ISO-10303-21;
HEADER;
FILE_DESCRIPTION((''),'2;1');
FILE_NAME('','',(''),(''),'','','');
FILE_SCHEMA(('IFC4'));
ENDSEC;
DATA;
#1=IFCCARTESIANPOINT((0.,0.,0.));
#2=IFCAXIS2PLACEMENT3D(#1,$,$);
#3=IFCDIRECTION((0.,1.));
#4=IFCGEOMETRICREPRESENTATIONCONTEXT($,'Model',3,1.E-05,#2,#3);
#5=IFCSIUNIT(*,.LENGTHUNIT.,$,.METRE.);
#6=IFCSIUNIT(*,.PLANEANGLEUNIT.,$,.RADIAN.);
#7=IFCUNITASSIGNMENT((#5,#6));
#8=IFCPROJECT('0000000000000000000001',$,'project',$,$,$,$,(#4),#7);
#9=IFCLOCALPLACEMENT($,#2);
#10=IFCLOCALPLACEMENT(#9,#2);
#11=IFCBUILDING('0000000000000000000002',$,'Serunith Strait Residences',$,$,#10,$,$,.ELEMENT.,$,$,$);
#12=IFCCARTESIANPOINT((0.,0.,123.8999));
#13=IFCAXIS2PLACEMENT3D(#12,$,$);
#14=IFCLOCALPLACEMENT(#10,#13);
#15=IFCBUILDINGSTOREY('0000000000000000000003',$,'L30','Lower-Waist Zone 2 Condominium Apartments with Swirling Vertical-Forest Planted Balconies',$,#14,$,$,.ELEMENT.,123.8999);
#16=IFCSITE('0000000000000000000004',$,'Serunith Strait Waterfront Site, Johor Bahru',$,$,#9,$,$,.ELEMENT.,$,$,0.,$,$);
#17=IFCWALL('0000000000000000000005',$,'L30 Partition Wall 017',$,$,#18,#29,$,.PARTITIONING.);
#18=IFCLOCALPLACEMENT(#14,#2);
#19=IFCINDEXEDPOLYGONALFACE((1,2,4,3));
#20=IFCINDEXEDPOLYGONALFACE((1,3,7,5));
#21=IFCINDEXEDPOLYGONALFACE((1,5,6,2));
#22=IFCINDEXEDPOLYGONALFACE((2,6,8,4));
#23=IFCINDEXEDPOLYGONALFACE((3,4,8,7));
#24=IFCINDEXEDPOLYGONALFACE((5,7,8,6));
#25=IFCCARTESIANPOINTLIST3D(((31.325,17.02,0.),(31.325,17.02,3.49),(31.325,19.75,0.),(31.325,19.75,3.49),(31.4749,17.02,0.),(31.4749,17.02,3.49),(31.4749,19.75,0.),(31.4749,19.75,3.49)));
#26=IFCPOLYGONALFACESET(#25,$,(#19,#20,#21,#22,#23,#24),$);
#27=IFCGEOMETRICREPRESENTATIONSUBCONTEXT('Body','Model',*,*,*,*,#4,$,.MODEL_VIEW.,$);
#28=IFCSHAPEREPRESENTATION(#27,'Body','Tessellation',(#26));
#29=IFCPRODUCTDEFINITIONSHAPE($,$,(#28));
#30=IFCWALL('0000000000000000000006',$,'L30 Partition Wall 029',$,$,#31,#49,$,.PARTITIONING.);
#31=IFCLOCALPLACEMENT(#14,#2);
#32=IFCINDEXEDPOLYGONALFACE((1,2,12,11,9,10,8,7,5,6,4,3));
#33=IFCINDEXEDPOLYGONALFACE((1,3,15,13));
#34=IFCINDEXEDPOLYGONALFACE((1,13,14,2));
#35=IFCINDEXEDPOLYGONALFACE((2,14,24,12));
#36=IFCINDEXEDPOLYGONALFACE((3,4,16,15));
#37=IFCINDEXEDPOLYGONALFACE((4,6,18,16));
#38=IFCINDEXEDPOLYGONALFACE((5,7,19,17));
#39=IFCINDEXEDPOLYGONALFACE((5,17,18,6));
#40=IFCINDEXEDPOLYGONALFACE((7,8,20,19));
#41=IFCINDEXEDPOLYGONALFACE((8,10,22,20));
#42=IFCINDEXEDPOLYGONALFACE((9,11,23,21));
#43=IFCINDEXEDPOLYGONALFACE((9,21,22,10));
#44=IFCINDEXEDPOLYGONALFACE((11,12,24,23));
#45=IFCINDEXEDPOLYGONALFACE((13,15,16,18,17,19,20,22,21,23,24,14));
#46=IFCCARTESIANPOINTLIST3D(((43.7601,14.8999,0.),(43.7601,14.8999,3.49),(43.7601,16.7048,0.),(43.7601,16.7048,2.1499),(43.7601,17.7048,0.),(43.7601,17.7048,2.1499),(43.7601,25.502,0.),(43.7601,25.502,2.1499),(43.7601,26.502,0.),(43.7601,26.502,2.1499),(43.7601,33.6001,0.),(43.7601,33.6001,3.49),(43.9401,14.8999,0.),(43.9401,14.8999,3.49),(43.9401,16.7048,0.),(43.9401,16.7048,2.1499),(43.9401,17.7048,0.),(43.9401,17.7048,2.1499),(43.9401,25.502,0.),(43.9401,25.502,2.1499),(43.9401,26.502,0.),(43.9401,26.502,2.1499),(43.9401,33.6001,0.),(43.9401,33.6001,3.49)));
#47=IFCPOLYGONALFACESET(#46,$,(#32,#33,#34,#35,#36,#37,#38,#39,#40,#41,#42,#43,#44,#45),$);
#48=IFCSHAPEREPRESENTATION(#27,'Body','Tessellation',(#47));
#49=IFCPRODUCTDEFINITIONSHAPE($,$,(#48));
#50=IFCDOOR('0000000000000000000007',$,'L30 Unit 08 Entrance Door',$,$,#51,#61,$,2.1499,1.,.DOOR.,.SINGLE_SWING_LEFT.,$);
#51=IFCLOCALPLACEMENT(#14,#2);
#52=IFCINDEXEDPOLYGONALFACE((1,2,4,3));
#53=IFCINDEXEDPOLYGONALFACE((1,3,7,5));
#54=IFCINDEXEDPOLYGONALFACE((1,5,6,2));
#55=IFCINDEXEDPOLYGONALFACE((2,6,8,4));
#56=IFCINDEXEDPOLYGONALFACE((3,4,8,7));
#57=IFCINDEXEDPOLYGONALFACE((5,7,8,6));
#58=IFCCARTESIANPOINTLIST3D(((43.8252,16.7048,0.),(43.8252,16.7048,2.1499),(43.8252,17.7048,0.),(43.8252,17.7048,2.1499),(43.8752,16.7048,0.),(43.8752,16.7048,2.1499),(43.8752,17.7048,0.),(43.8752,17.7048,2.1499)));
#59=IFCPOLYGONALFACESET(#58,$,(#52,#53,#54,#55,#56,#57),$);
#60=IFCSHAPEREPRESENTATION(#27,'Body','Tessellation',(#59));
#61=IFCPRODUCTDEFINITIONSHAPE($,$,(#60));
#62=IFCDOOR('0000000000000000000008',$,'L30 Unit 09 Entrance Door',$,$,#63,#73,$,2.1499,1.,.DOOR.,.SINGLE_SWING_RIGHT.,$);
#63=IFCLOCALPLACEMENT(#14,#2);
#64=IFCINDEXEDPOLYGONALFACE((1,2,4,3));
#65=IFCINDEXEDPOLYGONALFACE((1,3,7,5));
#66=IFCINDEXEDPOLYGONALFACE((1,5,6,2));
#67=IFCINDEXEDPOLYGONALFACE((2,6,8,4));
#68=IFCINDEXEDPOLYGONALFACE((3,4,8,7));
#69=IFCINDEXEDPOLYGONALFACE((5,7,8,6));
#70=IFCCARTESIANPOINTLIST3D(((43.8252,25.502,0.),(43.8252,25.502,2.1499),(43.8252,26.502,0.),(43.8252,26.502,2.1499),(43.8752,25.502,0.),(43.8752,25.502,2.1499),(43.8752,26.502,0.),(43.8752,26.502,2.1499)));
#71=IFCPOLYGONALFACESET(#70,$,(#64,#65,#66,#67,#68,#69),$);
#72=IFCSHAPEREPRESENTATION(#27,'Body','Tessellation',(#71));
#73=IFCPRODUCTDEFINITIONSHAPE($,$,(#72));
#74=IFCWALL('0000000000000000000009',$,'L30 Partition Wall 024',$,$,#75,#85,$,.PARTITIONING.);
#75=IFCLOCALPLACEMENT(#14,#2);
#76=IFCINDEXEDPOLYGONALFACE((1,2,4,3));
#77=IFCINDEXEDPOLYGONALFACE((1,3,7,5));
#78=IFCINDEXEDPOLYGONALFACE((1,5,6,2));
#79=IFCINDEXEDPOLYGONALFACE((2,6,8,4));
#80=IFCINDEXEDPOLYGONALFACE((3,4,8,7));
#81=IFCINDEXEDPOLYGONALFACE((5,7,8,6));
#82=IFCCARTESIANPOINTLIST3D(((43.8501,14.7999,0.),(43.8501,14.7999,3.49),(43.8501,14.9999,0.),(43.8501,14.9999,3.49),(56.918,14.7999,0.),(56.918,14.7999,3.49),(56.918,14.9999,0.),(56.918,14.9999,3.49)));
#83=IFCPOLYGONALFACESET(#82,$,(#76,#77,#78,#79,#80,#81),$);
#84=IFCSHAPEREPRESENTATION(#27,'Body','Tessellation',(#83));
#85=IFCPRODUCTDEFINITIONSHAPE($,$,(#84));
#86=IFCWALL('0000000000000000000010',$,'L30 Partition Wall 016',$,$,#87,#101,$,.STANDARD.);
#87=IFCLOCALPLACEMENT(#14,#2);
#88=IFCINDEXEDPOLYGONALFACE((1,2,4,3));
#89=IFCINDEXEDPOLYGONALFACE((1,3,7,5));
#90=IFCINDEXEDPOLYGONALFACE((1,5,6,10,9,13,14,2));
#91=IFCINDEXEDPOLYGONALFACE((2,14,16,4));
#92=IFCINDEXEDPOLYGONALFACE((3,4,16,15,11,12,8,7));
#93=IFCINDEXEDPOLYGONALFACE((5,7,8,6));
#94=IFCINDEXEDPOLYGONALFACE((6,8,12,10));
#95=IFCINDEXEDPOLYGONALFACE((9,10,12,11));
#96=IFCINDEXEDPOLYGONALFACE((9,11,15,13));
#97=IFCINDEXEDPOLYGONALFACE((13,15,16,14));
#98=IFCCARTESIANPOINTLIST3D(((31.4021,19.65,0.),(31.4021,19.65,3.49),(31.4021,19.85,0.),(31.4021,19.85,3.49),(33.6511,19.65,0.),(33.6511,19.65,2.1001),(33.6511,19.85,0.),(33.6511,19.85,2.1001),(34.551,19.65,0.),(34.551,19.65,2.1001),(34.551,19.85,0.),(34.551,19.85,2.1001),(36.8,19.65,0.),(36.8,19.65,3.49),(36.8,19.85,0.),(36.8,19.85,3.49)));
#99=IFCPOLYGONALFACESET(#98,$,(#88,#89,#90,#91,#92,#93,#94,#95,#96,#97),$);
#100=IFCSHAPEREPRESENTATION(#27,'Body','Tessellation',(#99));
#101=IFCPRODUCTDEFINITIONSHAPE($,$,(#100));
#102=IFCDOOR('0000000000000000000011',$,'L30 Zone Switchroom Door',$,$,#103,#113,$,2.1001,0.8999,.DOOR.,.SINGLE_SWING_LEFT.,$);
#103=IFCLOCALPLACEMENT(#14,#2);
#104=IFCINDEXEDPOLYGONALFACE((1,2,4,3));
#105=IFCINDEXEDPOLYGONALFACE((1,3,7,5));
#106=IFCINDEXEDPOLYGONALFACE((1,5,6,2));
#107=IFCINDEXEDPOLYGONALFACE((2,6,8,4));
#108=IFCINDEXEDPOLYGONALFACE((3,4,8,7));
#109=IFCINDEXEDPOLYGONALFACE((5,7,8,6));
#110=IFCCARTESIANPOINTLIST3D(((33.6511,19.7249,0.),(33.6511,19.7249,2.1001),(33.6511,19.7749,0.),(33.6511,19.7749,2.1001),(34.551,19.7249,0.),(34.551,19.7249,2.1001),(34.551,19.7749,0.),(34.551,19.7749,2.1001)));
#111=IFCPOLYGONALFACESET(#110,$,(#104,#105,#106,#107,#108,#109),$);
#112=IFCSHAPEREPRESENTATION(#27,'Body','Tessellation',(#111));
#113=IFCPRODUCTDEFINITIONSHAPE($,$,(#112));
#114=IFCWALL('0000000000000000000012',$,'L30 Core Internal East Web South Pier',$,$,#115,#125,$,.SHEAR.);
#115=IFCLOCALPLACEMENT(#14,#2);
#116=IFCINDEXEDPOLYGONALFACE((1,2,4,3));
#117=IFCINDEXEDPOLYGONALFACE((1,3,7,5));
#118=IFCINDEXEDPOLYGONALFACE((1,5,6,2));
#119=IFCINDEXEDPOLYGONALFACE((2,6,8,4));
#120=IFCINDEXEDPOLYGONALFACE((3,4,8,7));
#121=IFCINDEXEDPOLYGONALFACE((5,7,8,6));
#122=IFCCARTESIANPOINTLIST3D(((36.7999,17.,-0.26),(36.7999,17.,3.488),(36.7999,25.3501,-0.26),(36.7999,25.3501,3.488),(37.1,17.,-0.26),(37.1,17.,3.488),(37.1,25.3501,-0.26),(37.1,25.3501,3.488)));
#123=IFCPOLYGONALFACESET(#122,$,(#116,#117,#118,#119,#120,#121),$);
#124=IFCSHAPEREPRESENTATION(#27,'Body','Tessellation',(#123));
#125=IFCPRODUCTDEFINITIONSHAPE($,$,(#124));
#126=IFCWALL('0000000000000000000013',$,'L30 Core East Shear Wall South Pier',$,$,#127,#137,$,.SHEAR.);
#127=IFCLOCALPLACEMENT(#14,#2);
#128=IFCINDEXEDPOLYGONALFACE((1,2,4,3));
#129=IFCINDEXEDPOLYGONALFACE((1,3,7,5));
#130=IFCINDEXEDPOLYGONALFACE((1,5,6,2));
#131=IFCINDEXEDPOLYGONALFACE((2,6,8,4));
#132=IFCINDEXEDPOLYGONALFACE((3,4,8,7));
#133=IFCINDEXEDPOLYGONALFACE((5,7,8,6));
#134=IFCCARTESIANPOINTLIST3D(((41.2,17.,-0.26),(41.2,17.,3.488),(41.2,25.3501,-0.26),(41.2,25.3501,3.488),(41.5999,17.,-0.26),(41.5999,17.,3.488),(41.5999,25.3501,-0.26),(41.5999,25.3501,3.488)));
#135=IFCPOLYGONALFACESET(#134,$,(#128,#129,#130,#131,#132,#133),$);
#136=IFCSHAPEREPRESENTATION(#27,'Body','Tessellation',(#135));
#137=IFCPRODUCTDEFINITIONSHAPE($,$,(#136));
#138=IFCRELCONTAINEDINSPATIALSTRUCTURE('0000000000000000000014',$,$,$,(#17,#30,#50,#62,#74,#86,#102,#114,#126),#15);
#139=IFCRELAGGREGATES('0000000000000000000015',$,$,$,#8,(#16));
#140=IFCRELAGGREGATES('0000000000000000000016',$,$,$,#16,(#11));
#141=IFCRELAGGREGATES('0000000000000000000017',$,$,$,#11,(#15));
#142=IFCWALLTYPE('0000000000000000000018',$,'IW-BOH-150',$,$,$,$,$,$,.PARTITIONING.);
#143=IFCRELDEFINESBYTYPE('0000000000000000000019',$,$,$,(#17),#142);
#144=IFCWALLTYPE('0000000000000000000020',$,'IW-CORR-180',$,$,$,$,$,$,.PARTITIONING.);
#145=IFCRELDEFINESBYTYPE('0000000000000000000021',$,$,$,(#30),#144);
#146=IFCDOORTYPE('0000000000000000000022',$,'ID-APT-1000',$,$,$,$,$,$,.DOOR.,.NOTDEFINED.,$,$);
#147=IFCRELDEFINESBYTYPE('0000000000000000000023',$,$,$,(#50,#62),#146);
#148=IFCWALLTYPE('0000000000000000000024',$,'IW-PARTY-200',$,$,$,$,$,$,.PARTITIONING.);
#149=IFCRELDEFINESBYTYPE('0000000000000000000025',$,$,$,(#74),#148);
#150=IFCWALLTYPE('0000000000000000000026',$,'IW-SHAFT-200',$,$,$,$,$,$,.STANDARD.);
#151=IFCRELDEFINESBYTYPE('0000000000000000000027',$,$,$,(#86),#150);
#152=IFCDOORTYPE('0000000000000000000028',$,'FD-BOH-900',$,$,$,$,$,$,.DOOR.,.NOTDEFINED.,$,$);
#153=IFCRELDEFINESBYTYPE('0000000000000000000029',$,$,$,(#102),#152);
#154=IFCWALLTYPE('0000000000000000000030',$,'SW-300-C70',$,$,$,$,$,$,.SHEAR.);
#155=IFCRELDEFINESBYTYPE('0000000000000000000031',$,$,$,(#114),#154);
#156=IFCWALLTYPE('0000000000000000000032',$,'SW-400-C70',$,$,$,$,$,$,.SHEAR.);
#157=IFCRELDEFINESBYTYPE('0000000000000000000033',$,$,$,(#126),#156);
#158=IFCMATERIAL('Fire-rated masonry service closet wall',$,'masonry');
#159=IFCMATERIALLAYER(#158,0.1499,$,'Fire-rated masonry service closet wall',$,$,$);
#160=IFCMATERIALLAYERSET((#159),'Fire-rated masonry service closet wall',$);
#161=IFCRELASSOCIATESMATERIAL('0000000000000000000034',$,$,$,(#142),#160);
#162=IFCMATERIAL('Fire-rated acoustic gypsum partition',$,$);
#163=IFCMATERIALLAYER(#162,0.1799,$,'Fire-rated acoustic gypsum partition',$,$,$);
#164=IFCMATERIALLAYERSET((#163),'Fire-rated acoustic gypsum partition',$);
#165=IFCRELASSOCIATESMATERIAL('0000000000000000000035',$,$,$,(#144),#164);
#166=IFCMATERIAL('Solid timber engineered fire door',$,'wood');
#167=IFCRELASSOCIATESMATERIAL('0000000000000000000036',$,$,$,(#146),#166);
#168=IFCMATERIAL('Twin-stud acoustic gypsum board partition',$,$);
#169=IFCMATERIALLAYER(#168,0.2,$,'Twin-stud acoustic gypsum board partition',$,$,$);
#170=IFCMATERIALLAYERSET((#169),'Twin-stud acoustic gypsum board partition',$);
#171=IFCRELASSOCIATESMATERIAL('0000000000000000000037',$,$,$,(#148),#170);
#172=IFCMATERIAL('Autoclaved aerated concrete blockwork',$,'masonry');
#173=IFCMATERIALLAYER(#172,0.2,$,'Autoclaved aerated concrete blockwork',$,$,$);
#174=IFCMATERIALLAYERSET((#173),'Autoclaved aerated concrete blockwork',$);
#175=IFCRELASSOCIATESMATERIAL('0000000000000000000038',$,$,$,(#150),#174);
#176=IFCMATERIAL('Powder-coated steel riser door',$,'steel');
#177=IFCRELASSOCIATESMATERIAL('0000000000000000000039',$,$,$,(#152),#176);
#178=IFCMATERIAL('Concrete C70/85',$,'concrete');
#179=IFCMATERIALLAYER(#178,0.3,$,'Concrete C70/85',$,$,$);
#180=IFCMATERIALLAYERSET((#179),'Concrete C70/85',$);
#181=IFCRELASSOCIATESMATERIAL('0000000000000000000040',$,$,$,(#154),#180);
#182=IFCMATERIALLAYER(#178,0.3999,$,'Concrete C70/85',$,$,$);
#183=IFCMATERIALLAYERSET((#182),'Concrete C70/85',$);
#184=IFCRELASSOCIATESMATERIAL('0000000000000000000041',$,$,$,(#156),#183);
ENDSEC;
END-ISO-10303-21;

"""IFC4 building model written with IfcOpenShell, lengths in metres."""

from ifc_helpers import new_model, si_unit, direction, frame, frame_2d, origin, place, context, subcontext, project, spatial, rectangle, extrude, source, transform, mapped, material, layer, layer_set, type_object, element, fill, save


model = new_model("IFC4")

# Units and contexts
model_context = context("Model", 3, precision=1e-05, world=origin(), true_north=direction((0.0, 1.0)))
body_context = subcontext(model_context, "Body", "Model", "MODEL_VIEW")
ifc_project = project(units=[si_unit("LENGTHUNIT", "METRE"), si_unit("PLANEANGLEUNIT", "RADIAN")], contexts=[model_context])

# Site, building, storey
site_placement = place(None, origin())
site = spatial("IfcSite", under=ifc_project, at=site_placement, Name="Serunith Strait Waterfront Site, Johor Bahru", CompositionType="ELEMENT", RefElevation=0.0)
building_placement = place(site_placement, origin())
building = spatial("IfcBuilding", under=site, at=building_placement, Name="Serunith Strait Residences", CompositionType="ELEMENT")
storey_placement = place(building_placement, frame((0.0, 0.0, 123.8999)))
storey = spatial("IfcBuildingStorey", under=building, at=storey_placement, Name="L30", Description="Lower-Waist Zone 2 Condominium Apartments with Swirling Vertical-Forest Planted Balconies", CompositionType="ELEMENT", Elevation=123.8999)

# Wall
ifc_material_1 = material(Name="Fire-rated masonry service closet wall", Category="masonry")
ifc_layer_1 = layer(ifc_material_1, 0.1499, Name="Fire-rated masonry service closet wall")
ifc_layer_set_1 = layer_set([ifc_layer_1], Name="Fire-rated masonry service closet wall")
wall_type_1 = type_object("IfcWallType", Name="IW-BOH-150", PredefinedType="PARTITIONING", material=ifc_layer_set_1)
wall_1_placement = place(storey_placement, frame((31.3999, 17.02, 0.0), z_axis=(0.0, 0.0, 1.0), x_axis=(0.0, 1.0, 0.0)))
element("IfcWall", 1, at=wall_1_placement, inside=storey, type_object=wall_type_1, Name="L30 Partition Wall 017", PredefinedType="PARTITIONING", context=body_context, shape_type="SweptSolid", body=[
    extrude(rectangle(XDim=2.73, YDim=0.1499, at=frame_2d((1.365, 0.0))), origin(), (0.0, 0.0, 1.0), 3.49),
])

# Wall, openings, doors
ifc_material_2 = material(Name="Fire-rated acoustic gypsum partition")
ifc_layer_2 = layer(ifc_material_2, 0.1799, Name="Fire-rated acoustic gypsum partition")
ifc_layer_set_2 = layer_set([ifc_layer_2], Name="Fire-rated acoustic gypsum partition")
wall_type_2 = type_object("IfcWallType", Name="IW-CORR-180", PredefinedType="PARTITIONING", material=ifc_layer_set_2)
wall_2_placement = place(storey_placement, frame((43.8501, 14.8999, 0.0), z_axis=(0.0, 0.0, 1.0), x_axis=(0.0, 1.0, 0.0)))
wall_2 = element("IfcWall", 2, at=wall_2_placement, inside=storey, type_object=wall_type_2, Name="L30 Partition Wall 029", PredefinedType="PARTITIONING", context=body_context, shape_type="SweptSolid", body=[
    extrude(rectangle(XDim=18.7002, YDim=0.1799, at=frame_2d((9.3501, 0.0))), origin(), (0.0, 0.0, 1.0), 3.49),
])
opening_1_placement = place(wall_2_placement, frame((1.8049, 0.0, 0.0)))
opening_1 = element("IfcOpeningElement", 3, at=opening_1_placement, cuts=wall_2, PredefinedType="OPENING", context=body_context, shape_type="SweptSolid", body=[
    extrude(rectangle(XDim=1.0, YDim=2.1499, at=frame_2d((0.5, 1.075))), frame((0.0, 0.1001, 0.0), z_axis=(0.0, -1.0, 0.0), x_axis=(1.0, 0.0, 0.0)), (0.0, 0.0, 1.0), 0.2),
])
opening_2_placement = place(wall_2_placement, frame((10.6021, 0.0, 0.0)))
opening_2 = element("IfcOpeningElement", 4, at=opening_2_placement, cuts=wall_2, PredefinedType="OPENING", context=body_context, shape_type="SweptSolid", body=[
    extrude(rectangle(XDim=1.0, YDim=2.1499, at=frame_2d((0.5, 1.075))), frame((0.0, 0.1001, 0.0), z_axis=(0.0, -1.0, 0.0), x_axis=(1.0, 0.0, 0.0)), (0.0, 0.0, 1.0), 0.2),
])
ifc_material_3 = material(Name="Solid timber engineered fire door", Category="wood")
door_type_1 = type_object("IfcDoorType", Name="ID-APT-1000", OperationType="NOTDEFINED", PredefinedType="DOOR", material=ifc_material_3)
shared_shape_1 = source(origin(), body_context, "Body", "SweptSolid", [
    extrude(rectangle(XDim=1.0, YDim=2.1499, at=frame_2d((0.5, 1.075))), frame((0.0, 0.0249, 0.0), z_axis=(0.0, -1.0, 0.0), x_axis=(1.0, 0.0, 0.0)), (0.0, 0.0, 1.0), 0.05),
])
door_1_placement = place(opening_1_placement, origin())
door_1 = element("IfcDoor", 5, at=door_1_placement, inside=storey, type_object=door_type_1, Name="L30 Unit 08 Entrance Door", OperationType="SINGLE_SWING_LEFT", OverallHeight=2.1499, OverallWidth=1.0, PredefinedType="DOOR", context=body_context, shape_type="MappedRepresentation", body=[
    mapped(shared_shape_1, transform((0.0, 0.0, 0.0), scale=1.0)),
])
fill(opening_1, door_1)
door_2_placement = place(opening_2_placement, origin())
door_2 = element("IfcDoor", 6, at=door_2_placement, inside=storey, type_object=door_type_1, Name="L30 Unit 09 Entrance Door", OperationType="SINGLE_SWING_RIGHT", OverallHeight=2.1499, OverallWidth=1.0, PredefinedType="DOOR", context=body_context, shape_type="MappedRepresentation", body=[
    mapped(shared_shape_1, transform((0.0, 0.0, 0.0), scale=1.0)),
])
fill(opening_2, door_2)

# Wall
ifc_material_4 = material(Name="Twin-stud acoustic gypsum board partition")
ifc_layer_3 = layer(ifc_material_4, 0.2, Name="Twin-stud acoustic gypsum board partition")
ifc_layer_set_3 = layer_set([ifc_layer_3], Name="Twin-stud acoustic gypsum board partition")
wall_type_3 = type_object("IfcWallType", Name="IW-PARTY-200", PredefinedType="PARTITIONING", material=ifc_layer_set_3)
wall_3_placement = place(storey_placement, frame((43.8501, 14.8999, 0.0), z_axis=(0.0, 0.0, 1.0), x_axis=(1.0, 0.0, 0.0)))
element("IfcWall", 7, at=wall_3_placement, inside=storey, type_object=wall_type_3, Name="L30 Partition Wall 024", PredefinedType="PARTITIONING", context=body_context, shape_type="SweptSolid", body=[
    extrude(rectangle(XDim=13.0679, YDim=0.2, at=frame_2d((6.5339, 0.0))), origin(), (0.0, 0.0, 1.0), 3.49),
])

# Wall, opening, door
ifc_material_5 = material(Name="Autoclaved aerated concrete blockwork", Category="masonry")
ifc_layer_4 = layer(ifc_material_5, 0.2, Name="Autoclaved aerated concrete blockwork")
ifc_layer_set_4 = layer_set([ifc_layer_4], Name="Autoclaved aerated concrete blockwork")
wall_type_4 = type_object("IfcWallType", Name="IW-SHAFT-200", PredefinedType="STANDARD", material=ifc_layer_set_4)
wall_4_placement = place(storey_placement, frame((31.4021, 19.75, 0.0), z_axis=(0.0, 0.0, 1.0), x_axis=(1.0, 0.0, 0.0)))
wall_4 = element("IfcWall", 8, at=wall_4_placement, inside=storey, type_object=wall_type_4, Name="L30 Partition Wall 016", PredefinedType="STANDARD", context=body_context, shape_type="SweptSolid", body=[
    extrude(rectangle(XDim=5.3979, YDim=0.2, at=frame_2d((2.699, 0.0))), origin(), (0.0, 0.0, 1.0), 3.49),
])
opening_3_placement = place(wall_4_placement, frame((2.249, 0.0, 0.0)))
opening_3 = element("IfcOpeningElement", 9, at=opening_3_placement, cuts=wall_4, PredefinedType="OPENING", context=body_context, shape_type="SweptSolid", body=[
    extrude(rectangle(XDim=0.8999, YDim=2.1001, at=frame_2d((0.45, 1.05))), frame((0.0, 0.1099, 0.0), z_axis=(0.0, -1.0, 0.0), x_axis=(1.0, 0.0, 0.0)), (0.0, 0.0, 1.0), 0.22),
])
ifc_material_6 = material(Name="Powder-coated steel riser door", Category="steel")
door_type_2 = type_object("IfcDoorType", Name="FD-BOH-900", OperationType="NOTDEFINED", PredefinedType="DOOR", material=ifc_material_6)
shared_shape_2 = source(origin(), body_context, "Body", "SweptSolid", [
    extrude(rectangle(XDim=0.8999, YDim=2.1001, at=frame_2d((0.45, 1.05))), frame((0.0, 0.0249, 0.0), z_axis=(0.0, -1.0, 0.0), x_axis=(1.0, 0.0, 0.0)), (0.0, 0.0, 1.0), 0.05),
])
door_3_placement = place(opening_3_placement, origin())
door_3 = element("IfcDoor", 10, at=door_3_placement, inside=storey, type_object=door_type_2, Name="L30 Zone Switchroom Door", OperationType="SINGLE_SWING_LEFT", OverallHeight=2.1001, OverallWidth=0.8999, PredefinedType="DOOR", context=body_context, shape_type="MappedRepresentation", body=[
    mapped(shared_shape_2, transform((0.0, 0.0, 0.0), scale=1.0)),
])
fill(opening_3, door_3)

# Walls
ifc_material_7 = material(Name="Concrete C70/85", Category="concrete")
ifc_layer_5 = layer(ifc_material_7, 0.3, Name="Concrete C70/85")
ifc_layer_set_5 = layer_set([ifc_layer_5], Name="Concrete C70/85")
wall_type_5 = type_object("IfcWallType", Name="SW-300-C70", PredefinedType="SHEAR", material=ifc_layer_set_5)
wall_5_placement = place(storey_placement, frame((36.95, 17.0, -0.26), z_axis=(0.0, 0.0, 1.0), x_axis=(0.0, 1.0, 0.0)))
element("IfcWall", 11, at=wall_5_placement, inside=storey, type_object=wall_type_5, Name="L30 Core Internal East Web South Pier", PredefinedType="SHEAR", context=body_context, shape_type="SweptSolid", body=[
    extrude(rectangle(XDim=8.3501, YDim=0.3, at=frame_2d((4.175, 0.0))), origin(), (0.0, 0.0, 1.0), 3.748),
])
ifc_layer_6 = layer(ifc_material_7, 0.3999, Name="Concrete C70/85")
ifc_layer_set_6 = layer_set([ifc_layer_6], Name="Concrete C70/85")
wall_type_6 = type_object("IfcWallType", Name="SW-400-C70", PredefinedType="SHEAR", material=ifc_layer_set_6)
wall_6_placement = place(storey_placement, frame((41.3999, 17.0, -0.26), z_axis=(0.0, 0.0, 1.0), x_axis=(0.0, 1.0, 0.0)))
element("IfcWall", 12, at=wall_6_placement, inside=storey, type_object=wall_type_6, Name="L30 Core East Shear Wall South Pier", PredefinedType="SHEAR", context=body_context, shape_type="SweptSolid", body=[
    extrude(rectangle(XDim=8.3501, YDim=0.3999, at=frame_2d((4.175, 0.0))), origin(), (0.0, 0.0, 1.0), 3.748),
])

save(model, "model.ifc")
